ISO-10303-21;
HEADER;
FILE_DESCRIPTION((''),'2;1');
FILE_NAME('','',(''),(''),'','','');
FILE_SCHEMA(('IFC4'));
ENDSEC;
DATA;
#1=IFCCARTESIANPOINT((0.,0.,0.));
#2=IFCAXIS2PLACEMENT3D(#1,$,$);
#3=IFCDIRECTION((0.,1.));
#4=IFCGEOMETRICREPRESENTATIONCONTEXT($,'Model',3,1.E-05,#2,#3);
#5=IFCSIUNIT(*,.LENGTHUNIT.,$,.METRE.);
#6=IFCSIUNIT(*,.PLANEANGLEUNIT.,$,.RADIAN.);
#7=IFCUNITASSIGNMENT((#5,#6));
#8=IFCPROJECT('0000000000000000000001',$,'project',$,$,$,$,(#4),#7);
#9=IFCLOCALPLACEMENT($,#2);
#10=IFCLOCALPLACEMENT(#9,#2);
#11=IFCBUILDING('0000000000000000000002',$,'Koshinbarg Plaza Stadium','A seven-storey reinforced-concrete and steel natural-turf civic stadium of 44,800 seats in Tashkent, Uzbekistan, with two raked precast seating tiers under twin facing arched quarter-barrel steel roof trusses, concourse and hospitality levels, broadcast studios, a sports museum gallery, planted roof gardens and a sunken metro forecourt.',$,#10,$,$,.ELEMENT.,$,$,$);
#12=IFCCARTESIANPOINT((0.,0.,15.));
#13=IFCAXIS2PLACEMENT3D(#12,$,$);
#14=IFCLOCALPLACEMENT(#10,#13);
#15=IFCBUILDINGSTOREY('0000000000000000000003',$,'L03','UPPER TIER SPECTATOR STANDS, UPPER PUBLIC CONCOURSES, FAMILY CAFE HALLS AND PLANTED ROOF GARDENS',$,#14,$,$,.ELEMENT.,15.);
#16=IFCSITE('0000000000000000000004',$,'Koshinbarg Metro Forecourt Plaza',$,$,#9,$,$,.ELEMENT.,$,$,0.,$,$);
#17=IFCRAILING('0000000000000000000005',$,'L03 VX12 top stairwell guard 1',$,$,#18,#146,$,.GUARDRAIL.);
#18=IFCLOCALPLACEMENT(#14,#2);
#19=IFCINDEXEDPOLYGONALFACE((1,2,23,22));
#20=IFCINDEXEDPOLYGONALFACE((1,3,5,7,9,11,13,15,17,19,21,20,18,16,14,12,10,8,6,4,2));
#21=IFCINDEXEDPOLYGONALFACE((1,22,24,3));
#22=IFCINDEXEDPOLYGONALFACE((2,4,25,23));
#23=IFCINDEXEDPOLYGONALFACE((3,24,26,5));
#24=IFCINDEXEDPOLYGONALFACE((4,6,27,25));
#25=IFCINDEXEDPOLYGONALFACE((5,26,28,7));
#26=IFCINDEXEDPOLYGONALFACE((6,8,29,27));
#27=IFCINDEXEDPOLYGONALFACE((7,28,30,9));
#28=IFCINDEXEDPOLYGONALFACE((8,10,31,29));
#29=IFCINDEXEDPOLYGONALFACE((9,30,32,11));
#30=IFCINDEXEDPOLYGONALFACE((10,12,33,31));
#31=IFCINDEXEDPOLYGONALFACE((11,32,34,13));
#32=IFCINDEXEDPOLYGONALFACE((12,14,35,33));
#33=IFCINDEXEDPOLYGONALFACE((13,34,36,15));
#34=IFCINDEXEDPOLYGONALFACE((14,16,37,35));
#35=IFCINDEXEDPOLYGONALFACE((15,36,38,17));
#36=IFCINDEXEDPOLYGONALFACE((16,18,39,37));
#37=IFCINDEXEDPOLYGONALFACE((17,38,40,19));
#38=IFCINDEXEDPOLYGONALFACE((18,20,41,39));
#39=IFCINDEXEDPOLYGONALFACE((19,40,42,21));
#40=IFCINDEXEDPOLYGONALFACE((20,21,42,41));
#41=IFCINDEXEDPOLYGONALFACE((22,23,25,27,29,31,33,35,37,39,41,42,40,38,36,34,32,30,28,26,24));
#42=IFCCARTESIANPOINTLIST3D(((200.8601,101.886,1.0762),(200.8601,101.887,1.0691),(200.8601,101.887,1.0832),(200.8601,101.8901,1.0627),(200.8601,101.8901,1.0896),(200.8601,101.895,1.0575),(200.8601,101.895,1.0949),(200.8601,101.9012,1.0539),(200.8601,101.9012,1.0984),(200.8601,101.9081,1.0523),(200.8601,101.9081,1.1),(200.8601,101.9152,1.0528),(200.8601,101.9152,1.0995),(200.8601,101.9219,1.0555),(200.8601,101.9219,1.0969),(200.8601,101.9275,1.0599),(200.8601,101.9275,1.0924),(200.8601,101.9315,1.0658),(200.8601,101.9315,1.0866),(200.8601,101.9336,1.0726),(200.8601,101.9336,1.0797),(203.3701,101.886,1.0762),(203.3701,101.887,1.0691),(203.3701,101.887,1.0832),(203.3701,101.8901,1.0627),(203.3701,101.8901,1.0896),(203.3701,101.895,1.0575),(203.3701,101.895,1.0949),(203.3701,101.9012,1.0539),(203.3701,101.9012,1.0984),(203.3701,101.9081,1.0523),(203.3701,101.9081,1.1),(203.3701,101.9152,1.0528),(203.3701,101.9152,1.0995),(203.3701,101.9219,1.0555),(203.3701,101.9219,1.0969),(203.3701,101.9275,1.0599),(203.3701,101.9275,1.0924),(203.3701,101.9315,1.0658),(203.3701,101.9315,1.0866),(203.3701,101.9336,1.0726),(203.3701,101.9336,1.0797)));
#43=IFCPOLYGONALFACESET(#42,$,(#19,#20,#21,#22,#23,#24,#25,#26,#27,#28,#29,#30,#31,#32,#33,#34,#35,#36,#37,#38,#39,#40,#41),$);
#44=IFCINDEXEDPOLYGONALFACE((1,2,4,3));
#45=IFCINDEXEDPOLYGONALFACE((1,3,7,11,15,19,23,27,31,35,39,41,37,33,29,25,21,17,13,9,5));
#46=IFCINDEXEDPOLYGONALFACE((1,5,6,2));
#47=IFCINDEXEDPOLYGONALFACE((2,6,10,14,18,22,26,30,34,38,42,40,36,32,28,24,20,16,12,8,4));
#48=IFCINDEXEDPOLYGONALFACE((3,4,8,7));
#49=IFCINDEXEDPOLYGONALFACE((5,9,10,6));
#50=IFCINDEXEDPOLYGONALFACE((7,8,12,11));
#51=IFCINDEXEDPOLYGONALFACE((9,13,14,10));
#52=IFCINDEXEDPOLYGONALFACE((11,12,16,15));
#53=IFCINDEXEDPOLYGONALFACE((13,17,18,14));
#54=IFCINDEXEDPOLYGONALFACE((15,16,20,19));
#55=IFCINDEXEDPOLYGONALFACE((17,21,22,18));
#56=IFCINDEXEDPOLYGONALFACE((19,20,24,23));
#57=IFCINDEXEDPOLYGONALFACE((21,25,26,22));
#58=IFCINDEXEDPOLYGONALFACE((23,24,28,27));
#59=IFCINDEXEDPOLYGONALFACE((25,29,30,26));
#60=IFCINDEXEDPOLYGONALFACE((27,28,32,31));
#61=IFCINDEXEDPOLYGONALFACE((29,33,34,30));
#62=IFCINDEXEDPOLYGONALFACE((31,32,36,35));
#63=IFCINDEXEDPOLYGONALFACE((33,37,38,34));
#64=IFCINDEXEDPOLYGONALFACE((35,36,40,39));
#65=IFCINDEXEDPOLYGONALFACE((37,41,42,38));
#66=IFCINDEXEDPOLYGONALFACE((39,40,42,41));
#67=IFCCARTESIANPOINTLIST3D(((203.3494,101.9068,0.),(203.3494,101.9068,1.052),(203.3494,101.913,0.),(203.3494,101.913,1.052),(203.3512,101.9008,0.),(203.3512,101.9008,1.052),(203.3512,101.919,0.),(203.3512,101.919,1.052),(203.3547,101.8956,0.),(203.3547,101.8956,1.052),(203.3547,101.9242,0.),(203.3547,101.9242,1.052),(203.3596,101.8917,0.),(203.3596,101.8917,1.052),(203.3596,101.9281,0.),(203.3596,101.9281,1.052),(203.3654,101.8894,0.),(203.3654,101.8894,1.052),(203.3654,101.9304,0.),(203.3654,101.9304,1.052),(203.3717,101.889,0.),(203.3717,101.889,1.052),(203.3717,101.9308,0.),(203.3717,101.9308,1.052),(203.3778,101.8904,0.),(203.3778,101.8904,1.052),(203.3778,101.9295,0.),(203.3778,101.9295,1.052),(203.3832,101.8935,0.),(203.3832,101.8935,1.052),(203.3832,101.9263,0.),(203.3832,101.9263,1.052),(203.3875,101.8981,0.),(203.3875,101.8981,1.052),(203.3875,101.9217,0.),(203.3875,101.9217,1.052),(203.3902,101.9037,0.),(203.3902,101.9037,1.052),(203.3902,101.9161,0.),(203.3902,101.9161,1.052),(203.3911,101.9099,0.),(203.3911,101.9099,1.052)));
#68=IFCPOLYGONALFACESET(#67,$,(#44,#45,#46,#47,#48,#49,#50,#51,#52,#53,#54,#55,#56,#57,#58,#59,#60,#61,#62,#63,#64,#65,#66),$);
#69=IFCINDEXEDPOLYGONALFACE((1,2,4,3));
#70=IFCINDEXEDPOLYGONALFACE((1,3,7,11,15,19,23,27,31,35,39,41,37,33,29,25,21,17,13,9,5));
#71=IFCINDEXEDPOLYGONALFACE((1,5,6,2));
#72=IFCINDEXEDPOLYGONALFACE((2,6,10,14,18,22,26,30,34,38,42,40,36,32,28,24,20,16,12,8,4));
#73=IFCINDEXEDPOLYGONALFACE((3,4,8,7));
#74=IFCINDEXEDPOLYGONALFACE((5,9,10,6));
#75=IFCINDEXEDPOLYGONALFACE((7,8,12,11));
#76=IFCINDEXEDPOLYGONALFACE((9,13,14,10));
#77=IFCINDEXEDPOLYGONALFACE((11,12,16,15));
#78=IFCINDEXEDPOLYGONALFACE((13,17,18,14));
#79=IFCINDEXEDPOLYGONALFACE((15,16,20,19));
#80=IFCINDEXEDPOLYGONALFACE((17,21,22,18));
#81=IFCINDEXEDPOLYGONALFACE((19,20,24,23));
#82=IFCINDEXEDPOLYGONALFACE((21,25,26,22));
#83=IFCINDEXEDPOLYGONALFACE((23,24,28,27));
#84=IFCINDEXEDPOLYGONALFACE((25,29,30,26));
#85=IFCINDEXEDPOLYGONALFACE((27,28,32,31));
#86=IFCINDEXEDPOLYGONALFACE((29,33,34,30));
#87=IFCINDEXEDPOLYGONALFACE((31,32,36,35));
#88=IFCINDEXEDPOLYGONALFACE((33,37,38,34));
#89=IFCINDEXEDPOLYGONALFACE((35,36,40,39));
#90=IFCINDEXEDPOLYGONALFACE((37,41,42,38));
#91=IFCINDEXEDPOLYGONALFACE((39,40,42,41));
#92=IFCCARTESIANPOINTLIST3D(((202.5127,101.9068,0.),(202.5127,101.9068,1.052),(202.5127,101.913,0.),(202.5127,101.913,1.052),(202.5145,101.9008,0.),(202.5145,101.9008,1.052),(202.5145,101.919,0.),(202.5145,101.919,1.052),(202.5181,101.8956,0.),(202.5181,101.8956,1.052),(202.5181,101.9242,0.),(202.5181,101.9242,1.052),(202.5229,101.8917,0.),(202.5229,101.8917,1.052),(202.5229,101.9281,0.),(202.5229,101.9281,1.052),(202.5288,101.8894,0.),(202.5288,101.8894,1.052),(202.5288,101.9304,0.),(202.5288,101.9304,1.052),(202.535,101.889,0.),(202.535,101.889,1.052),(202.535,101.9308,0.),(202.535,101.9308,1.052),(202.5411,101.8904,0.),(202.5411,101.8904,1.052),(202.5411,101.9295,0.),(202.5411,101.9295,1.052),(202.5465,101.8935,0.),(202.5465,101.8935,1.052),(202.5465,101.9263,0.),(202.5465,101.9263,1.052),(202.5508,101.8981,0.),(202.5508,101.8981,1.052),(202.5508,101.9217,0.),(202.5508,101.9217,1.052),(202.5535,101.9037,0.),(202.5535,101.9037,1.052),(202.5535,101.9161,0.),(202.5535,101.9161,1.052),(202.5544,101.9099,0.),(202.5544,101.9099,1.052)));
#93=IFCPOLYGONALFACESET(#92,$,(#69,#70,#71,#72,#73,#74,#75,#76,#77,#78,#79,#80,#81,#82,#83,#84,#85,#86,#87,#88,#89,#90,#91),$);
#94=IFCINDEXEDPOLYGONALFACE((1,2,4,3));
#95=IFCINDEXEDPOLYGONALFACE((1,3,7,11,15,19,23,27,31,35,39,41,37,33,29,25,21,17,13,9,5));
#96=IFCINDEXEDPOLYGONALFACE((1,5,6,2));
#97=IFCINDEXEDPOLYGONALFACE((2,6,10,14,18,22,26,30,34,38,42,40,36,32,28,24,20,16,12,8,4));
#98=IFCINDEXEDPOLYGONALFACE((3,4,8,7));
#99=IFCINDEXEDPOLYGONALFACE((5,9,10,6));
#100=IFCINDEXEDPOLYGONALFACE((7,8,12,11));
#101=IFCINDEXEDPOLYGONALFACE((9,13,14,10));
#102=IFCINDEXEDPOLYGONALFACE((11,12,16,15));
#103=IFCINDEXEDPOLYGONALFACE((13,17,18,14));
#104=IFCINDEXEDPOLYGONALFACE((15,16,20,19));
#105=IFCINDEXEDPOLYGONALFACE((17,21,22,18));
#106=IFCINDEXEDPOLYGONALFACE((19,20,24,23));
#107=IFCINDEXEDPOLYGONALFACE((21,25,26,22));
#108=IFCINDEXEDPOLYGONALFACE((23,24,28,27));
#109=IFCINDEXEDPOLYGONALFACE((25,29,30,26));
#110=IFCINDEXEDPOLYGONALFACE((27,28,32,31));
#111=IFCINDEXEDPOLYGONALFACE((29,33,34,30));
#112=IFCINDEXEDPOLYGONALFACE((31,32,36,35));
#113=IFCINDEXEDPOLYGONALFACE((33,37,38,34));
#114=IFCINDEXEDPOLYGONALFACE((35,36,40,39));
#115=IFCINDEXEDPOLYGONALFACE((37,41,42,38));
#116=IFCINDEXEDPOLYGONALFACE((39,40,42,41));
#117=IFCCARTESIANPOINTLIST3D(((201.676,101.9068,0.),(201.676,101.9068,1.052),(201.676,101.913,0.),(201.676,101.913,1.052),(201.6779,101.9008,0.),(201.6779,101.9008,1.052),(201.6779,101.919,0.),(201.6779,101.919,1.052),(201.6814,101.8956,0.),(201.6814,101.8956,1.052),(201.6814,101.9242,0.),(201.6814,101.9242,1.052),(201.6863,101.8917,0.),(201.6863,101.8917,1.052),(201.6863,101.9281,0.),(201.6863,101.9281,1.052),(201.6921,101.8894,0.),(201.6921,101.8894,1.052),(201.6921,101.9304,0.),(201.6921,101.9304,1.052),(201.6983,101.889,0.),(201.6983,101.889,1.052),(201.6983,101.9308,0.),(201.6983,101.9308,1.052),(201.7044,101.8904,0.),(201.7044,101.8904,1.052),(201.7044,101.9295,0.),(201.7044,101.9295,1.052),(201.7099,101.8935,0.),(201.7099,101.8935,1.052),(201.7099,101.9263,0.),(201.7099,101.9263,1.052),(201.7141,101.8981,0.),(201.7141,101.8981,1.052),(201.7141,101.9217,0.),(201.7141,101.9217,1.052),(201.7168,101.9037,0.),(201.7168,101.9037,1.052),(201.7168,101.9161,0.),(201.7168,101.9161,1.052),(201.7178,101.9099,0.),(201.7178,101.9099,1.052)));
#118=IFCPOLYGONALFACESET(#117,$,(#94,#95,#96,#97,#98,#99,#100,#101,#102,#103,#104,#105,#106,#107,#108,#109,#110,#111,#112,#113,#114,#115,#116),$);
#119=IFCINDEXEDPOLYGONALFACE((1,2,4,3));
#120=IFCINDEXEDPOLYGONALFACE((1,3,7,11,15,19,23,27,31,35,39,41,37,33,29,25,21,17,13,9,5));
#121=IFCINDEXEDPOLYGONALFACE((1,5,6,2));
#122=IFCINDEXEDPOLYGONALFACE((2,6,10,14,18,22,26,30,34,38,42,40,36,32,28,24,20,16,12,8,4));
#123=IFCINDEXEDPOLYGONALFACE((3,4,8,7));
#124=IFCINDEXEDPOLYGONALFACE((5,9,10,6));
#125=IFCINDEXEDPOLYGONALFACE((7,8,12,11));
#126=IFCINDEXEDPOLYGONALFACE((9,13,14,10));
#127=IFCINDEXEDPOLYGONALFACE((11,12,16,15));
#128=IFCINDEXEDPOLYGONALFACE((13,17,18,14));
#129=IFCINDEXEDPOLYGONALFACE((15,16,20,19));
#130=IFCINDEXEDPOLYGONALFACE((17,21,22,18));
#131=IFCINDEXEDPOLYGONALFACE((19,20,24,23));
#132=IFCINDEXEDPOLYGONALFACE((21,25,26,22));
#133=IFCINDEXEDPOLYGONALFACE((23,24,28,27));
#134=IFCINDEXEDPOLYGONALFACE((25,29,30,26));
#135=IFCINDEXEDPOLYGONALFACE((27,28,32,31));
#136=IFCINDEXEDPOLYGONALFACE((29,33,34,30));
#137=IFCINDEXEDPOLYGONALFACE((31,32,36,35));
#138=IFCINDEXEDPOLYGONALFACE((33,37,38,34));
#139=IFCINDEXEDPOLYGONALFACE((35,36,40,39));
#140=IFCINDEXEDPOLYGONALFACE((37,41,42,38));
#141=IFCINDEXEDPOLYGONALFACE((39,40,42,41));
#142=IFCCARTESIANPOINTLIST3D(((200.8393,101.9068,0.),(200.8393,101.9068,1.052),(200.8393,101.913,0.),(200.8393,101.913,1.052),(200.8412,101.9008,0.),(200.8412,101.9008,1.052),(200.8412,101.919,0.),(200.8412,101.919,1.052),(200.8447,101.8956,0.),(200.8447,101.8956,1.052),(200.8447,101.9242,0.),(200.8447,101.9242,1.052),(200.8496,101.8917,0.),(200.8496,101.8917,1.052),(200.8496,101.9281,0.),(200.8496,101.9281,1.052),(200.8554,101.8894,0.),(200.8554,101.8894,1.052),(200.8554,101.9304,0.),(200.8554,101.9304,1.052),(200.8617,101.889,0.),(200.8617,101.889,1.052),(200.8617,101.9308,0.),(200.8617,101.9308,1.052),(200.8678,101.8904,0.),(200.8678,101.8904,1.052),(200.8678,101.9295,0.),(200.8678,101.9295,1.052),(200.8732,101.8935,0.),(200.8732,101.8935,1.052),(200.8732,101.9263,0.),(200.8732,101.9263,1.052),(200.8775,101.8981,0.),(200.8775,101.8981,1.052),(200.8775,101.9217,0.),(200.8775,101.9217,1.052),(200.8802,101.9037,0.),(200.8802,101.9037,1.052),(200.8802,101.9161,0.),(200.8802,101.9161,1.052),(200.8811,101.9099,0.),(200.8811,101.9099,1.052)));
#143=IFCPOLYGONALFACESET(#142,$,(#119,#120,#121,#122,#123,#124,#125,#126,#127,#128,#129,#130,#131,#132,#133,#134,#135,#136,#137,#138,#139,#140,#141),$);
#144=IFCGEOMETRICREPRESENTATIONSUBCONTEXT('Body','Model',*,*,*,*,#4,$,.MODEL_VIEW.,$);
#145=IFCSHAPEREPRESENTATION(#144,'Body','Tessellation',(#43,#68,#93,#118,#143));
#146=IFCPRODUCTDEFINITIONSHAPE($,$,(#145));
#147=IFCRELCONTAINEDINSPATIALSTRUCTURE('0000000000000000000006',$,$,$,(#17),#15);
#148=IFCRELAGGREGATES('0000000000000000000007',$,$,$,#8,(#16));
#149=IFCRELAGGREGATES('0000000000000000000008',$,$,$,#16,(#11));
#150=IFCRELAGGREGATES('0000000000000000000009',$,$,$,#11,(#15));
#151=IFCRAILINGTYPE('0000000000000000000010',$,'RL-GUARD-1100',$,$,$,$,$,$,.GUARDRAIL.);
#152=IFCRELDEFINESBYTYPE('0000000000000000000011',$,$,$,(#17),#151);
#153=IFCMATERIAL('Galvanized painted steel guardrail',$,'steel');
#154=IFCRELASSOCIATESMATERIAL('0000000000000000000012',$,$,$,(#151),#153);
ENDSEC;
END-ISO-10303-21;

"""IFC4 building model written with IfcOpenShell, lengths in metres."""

from ifc_helpers import new_model, si_unit, direction, frame, origin, origin_2d, place, context, subcontext, project, spatial, circle, extrude, material, type_object, element, save


model = new_model("IFC4")

# Units and contexts
model_context = context("Model", 3, precision=1e-05, world=origin(), true_north=direction((0.0, 1.0)))
body_context = subcontext(model_context, "Body", "Model", "MODEL_VIEW")
ifc_project = project(units=[si_unit("LENGTHUNIT", "METRE"), si_unit("PLANEANGLEUNIT", "RADIAN")], contexts=[model_context])

# Site, building, storey
site_placement = place(None, origin())
site = spatial("IfcSite", under=ifc_project, at=site_placement, Name="Koshinbarg Metro Forecourt Plaza", CompositionType="ELEMENT", RefElevation=0.0)
building_placement = place(site_placement, origin())
building = spatial("IfcBuilding", under=site, at=building_placement, Name="Koshinbarg Plaza Stadium", Description="A seven-storey reinforced-concrete and steel natural-turf civic stadium of 44,800 seats in Tashkent, Uzbekistan, with two raked precast seating tiers under twin facing arched quarter-barrel steel roof trusses, concourse and hospitality levels, broadcast studios, a sports museum gallery, planted roof gardens and a sunken metro forecourt.", CompositionType="ELEMENT")
storey_placement = place(building_placement, frame((0.0, 0.0, 15.0)))
storey = spatial("IfcBuildingStorey", under=building, at=storey_placement, Name="L03", Description="UPPER TIER SPECTATOR STANDS, UPPER PUBLIC CONCOURSES, FAMILY CAFE HALLS AND PLANTED ROOF GARDENS", CompositionType="ELEMENT", Elevation=15.0)

# Railing
ifc_material_1 = material(Name="Galvanized painted steel guardrail", Category="steel")
railing_type_1 = type_object("IfcRailingType", Name="RL-GUARD-1100", PredefinedType="GUARDRAIL", material=ifc_material_1)
railing_1_placement = place(storey_placement, frame((203.3701, 101.9099, 0.0)))
element("IfcRailing", 1, at=railing_1_placement, inside=storey, type_object=railing_type_1, Name="L03 VX12 top stairwell guard 1", PredefinedType="GUARDRAIL", context=body_context, shape_type="SweptSolid", body=[
    extrude(circle(Radius=0.0239, at=origin_2d()), frame((0.0, 0.0, 1.0762), z_axis=(-1.0, 0.0, 0.0), x_axis=(0.0, -1.0, 0.0)), (0.0, 0.0, 1.0), 2.51),
    extrude(circle(Radius=0.021, at=origin_2d()), origin(), (0.0, 0.0, 1.0), 1.052),
    extrude(circle(Radius=0.021, at=origin_2d()), frame((-0.8367, 0.0, 0.0)), (0.0, 0.0, 1.0), 1.052),
    extrude(circle(Radius=0.021, at=origin_2d()), frame((-1.6733, 0.0, 0.0)), (0.0, 0.0, 1.0), 1.052),
    extrude(circle(Radius=0.021, at=origin_2d()), frame((-2.51, 0.0, 0.0)), (0.0, 0.0, 1.0), 1.052),
])

save(model, "model.ifc")
